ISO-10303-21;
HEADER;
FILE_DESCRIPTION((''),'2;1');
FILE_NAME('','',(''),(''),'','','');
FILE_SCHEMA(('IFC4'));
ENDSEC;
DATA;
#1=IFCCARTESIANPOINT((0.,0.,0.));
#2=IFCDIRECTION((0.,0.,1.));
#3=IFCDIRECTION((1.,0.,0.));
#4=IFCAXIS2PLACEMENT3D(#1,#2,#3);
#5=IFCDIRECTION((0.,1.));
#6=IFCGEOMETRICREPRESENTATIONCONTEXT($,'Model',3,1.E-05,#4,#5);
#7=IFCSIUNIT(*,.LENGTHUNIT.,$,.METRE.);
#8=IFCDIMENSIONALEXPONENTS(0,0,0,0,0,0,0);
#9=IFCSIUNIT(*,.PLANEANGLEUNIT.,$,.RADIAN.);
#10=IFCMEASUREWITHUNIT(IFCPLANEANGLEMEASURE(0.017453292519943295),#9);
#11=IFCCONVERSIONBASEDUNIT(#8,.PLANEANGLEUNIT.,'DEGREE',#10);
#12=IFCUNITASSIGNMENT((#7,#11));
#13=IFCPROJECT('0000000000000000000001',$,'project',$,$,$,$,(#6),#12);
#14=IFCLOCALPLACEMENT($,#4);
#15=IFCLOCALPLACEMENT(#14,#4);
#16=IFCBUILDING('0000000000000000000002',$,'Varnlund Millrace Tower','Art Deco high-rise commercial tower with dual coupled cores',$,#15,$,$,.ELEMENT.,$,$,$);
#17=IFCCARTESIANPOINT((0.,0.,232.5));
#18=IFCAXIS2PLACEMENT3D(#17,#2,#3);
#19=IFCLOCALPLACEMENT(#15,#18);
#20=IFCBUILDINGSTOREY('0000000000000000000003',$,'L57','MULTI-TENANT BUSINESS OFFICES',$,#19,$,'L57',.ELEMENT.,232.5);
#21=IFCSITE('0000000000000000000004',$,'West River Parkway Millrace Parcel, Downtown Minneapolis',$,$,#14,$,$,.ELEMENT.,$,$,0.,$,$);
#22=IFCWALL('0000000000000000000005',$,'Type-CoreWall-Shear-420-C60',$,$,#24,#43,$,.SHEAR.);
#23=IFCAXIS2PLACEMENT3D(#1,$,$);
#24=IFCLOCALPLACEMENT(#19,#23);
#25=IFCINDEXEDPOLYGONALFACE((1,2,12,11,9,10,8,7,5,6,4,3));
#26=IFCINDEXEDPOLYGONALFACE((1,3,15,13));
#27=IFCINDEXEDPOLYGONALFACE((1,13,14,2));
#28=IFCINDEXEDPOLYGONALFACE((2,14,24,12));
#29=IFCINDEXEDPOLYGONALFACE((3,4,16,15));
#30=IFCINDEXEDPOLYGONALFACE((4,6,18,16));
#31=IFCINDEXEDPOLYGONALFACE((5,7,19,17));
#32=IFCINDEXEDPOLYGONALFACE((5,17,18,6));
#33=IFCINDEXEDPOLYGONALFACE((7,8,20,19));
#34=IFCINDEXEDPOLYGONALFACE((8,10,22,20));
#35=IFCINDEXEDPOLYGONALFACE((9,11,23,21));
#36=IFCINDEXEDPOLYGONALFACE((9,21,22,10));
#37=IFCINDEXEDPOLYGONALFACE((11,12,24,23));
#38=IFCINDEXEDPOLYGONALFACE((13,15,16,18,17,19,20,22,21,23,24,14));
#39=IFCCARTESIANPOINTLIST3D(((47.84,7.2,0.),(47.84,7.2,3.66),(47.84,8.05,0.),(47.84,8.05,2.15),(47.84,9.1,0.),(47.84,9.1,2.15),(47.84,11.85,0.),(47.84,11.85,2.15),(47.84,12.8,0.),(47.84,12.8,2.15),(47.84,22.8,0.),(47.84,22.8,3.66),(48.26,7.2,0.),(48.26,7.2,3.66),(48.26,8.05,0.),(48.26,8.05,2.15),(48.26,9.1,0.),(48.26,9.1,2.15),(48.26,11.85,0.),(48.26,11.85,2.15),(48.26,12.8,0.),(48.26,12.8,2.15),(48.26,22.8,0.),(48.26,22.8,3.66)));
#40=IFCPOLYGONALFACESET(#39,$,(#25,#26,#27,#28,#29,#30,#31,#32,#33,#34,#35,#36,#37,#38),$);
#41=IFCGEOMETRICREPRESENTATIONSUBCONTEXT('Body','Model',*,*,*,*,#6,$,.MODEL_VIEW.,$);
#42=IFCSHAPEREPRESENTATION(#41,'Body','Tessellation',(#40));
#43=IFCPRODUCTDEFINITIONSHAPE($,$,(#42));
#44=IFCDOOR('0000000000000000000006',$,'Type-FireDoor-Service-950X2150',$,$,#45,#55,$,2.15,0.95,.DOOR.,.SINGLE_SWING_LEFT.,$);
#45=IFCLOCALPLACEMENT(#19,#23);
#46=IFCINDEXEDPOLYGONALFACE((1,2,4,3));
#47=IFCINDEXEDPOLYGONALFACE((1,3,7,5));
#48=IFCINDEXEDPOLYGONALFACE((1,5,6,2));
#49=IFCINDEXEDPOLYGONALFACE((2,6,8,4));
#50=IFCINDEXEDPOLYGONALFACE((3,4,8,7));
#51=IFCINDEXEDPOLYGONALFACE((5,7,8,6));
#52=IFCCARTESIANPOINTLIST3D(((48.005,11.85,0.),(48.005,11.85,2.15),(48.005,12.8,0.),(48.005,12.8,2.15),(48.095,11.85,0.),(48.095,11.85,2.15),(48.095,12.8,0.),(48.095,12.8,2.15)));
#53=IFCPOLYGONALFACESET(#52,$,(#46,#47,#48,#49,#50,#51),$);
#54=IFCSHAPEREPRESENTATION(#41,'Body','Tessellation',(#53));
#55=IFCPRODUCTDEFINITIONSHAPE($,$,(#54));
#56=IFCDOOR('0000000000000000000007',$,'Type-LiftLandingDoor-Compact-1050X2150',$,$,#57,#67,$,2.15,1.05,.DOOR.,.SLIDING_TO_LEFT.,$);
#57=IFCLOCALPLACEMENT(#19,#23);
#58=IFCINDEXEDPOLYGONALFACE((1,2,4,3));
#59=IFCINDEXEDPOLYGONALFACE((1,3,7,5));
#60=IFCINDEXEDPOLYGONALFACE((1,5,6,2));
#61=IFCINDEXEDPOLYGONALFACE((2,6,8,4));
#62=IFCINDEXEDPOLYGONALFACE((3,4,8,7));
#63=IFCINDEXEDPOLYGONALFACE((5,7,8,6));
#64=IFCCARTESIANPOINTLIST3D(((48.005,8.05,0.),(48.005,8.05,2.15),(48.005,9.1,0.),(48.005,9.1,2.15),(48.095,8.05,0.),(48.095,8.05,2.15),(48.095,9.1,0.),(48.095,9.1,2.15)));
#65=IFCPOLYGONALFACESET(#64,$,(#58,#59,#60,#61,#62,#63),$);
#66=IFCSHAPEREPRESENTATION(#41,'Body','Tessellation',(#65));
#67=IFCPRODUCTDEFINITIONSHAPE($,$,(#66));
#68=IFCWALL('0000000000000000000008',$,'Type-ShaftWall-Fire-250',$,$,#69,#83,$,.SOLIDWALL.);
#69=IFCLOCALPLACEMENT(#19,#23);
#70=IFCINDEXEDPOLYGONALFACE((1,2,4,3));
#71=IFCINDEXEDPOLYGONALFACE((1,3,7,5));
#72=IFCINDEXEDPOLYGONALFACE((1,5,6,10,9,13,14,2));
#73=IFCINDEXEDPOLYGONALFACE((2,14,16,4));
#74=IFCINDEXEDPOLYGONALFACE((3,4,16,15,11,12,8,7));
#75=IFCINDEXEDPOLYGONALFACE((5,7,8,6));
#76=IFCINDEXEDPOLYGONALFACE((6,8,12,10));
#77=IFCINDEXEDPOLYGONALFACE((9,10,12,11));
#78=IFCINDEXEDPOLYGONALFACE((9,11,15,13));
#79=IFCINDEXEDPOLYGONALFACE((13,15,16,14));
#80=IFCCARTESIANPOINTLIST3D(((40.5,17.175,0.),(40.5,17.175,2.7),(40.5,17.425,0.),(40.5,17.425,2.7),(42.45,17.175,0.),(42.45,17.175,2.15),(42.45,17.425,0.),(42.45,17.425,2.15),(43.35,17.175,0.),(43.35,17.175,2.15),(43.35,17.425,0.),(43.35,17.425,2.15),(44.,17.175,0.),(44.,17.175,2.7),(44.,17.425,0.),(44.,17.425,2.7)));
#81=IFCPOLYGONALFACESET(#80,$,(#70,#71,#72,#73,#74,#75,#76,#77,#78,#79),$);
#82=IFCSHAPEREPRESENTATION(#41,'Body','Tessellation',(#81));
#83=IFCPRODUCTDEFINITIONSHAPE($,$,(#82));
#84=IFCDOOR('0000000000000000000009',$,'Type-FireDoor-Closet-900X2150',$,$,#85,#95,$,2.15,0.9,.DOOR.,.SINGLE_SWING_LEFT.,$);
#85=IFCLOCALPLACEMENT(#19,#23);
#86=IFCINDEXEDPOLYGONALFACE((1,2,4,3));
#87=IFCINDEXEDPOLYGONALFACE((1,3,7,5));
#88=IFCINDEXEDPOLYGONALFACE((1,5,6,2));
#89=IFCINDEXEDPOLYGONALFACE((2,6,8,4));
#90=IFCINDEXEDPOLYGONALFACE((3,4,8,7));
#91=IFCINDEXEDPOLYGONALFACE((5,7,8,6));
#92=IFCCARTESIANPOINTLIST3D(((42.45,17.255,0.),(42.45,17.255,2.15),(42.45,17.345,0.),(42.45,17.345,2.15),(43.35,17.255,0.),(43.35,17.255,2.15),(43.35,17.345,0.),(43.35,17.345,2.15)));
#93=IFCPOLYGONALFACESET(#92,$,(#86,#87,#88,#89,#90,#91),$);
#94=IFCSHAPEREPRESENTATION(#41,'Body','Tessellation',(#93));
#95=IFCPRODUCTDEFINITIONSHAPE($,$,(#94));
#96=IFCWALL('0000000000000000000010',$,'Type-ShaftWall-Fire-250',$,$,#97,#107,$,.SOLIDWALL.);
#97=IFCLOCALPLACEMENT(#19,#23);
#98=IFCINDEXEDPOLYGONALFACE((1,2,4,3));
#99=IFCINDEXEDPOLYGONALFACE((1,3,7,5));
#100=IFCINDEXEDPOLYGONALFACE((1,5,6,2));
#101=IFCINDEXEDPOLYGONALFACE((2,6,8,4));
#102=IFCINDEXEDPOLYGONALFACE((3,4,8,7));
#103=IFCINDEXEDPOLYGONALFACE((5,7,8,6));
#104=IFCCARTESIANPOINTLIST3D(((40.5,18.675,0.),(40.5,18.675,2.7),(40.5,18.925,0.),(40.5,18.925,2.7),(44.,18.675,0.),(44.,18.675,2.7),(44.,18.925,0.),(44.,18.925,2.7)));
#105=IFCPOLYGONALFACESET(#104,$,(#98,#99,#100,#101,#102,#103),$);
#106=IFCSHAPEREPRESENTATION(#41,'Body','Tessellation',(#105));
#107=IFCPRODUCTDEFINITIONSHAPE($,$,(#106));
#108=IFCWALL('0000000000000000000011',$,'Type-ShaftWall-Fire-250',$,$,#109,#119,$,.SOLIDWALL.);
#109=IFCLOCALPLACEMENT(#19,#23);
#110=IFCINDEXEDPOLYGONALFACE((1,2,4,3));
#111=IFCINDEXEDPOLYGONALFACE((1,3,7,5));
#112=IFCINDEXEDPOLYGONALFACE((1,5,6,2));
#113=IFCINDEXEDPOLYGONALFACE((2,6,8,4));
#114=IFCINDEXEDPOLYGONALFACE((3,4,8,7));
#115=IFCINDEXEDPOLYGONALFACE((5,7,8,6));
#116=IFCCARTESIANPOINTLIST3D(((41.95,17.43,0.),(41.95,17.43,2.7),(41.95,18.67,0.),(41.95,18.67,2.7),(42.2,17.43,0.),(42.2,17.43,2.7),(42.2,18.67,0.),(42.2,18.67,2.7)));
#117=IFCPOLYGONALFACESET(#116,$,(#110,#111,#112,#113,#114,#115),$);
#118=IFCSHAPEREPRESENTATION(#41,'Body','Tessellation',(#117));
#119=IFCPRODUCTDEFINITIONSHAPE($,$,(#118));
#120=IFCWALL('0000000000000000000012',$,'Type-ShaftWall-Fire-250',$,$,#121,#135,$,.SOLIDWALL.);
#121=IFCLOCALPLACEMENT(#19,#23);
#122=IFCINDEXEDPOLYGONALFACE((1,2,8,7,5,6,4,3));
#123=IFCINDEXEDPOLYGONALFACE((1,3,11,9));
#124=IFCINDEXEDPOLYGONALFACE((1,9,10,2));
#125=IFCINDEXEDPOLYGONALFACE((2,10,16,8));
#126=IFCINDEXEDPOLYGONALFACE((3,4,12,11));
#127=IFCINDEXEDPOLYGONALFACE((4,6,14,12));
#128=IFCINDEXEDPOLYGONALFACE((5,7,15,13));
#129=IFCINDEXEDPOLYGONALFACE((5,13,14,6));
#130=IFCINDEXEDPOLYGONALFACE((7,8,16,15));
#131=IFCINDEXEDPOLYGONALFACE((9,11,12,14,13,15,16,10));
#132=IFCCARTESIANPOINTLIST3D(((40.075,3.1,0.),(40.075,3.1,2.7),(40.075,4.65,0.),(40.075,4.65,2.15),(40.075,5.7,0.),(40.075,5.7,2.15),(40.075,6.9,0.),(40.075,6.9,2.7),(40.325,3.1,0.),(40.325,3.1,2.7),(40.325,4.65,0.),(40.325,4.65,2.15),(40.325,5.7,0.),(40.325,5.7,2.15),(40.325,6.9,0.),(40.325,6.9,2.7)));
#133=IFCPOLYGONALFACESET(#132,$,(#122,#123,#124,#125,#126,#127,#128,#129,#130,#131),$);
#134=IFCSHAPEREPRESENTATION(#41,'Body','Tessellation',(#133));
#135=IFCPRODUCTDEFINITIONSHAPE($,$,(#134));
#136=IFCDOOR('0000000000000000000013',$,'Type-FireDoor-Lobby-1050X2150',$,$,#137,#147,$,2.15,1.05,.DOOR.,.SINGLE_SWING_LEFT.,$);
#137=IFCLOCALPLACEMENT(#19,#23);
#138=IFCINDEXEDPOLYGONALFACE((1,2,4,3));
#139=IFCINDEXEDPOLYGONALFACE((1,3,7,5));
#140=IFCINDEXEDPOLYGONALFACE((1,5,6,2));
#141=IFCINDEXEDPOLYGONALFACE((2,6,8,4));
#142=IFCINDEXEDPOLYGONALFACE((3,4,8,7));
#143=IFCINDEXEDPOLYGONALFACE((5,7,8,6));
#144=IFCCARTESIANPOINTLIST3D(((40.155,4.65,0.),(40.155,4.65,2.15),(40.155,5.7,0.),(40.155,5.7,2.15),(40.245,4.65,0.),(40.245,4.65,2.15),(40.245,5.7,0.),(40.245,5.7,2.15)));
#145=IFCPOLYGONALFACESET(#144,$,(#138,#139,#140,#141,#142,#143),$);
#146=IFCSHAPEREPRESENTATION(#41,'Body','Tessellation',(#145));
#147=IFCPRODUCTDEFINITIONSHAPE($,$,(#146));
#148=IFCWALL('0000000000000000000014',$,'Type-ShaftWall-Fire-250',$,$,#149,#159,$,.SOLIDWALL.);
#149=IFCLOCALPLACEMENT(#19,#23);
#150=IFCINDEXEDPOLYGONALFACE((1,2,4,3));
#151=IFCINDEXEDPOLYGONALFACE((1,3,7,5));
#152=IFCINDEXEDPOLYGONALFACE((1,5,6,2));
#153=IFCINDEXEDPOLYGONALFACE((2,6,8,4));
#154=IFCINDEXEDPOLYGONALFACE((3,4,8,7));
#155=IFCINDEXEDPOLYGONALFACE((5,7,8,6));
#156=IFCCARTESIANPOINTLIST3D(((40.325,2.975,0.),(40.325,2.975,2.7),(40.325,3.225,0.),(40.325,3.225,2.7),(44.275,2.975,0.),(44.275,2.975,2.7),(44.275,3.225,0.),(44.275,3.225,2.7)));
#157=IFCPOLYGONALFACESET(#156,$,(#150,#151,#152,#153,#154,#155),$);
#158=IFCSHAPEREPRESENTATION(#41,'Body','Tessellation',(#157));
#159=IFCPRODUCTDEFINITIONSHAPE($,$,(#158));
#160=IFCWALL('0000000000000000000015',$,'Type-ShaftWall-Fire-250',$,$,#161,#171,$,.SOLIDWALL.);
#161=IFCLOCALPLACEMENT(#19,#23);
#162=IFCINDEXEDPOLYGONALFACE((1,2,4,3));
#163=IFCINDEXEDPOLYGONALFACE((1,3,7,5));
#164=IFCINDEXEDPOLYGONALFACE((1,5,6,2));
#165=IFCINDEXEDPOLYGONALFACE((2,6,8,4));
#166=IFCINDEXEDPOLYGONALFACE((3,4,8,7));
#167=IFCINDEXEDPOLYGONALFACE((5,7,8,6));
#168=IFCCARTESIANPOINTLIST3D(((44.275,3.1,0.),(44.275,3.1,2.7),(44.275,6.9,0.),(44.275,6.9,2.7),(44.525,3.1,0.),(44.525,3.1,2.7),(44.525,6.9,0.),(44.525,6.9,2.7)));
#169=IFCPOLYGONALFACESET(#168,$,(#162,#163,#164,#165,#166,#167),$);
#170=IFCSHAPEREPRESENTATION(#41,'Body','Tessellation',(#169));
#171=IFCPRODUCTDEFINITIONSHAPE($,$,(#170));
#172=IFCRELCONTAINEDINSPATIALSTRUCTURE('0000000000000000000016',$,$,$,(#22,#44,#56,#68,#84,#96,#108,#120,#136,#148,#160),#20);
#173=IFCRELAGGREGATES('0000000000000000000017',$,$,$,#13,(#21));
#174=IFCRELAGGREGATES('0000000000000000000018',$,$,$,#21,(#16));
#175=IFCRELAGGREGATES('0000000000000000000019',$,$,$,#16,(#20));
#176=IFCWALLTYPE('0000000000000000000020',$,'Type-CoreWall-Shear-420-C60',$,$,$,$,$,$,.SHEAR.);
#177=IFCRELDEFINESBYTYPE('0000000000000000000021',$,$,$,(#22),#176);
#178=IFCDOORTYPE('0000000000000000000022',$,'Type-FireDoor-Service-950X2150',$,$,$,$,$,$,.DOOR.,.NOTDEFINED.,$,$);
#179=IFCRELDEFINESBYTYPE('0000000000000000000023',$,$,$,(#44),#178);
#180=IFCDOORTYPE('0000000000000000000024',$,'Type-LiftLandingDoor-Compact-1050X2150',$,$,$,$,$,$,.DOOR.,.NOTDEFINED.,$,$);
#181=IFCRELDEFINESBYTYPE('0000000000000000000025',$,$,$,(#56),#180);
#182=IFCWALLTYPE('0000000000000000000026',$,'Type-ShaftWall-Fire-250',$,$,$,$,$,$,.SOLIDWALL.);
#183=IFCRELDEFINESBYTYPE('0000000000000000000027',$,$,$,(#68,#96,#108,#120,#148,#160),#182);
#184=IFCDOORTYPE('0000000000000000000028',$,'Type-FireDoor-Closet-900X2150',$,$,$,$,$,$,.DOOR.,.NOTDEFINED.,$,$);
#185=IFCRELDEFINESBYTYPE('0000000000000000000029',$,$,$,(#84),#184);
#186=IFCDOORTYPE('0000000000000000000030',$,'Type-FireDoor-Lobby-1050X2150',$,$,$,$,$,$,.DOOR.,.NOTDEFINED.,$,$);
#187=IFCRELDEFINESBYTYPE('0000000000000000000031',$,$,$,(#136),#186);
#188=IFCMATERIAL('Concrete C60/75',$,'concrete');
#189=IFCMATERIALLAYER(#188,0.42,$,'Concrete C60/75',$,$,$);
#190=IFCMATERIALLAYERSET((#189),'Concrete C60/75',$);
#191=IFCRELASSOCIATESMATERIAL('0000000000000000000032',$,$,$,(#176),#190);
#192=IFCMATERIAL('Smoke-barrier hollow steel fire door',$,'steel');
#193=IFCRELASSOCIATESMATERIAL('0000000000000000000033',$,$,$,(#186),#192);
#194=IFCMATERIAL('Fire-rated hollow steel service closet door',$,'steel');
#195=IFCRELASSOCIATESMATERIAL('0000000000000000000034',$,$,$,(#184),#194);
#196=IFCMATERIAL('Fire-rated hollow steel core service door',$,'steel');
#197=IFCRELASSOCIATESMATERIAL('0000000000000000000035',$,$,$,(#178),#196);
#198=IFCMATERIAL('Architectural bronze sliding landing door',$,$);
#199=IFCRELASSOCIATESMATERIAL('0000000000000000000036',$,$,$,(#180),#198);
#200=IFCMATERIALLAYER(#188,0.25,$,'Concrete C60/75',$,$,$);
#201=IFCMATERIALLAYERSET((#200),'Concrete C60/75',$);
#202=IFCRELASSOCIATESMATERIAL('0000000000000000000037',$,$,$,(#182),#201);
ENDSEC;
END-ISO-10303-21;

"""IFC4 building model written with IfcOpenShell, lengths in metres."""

from ifc_helpers import new_model, entity, si_unit, converted_unit, direction, frame, origin_with_axes, origin_2d_with_axis, place, context, subcontext, project, spatial, polyline, rectangle, outline, extrude, material, layer, layer_set, type_object, element, fill, save


model = new_model("IFC4")

# Units and contexts
model_context = context("Model", 3, precision=1e-05, world=origin_with_axes(), true_north=direction((0.0, 1.0)))
body_context = subcontext(model_context, "Body", "Model", "MODEL_VIEW")
ifc_project = project(units=[si_unit("LENGTHUNIT", "METRE"), converted_unit("PLANEANGLEUNIT", "DEGREE", entity("IfcPlaneAngleMeasure", 0.017453292519943295), si_unit("PLANEANGLEUNIT", "RADIAN"), dimensions=[0, 0, 0, 0, 0, 0, 0])], contexts=[model_context])

# Site, building, storey
site_placement = place(None, origin_with_axes())
site = spatial("IfcSite", under=ifc_project, at=site_placement, Name="West River Parkway Millrace Parcel, Downtown Minneapolis", CompositionType="ELEMENT", RefElevation=0.0)
building_placement = place(site_placement, origin_with_axes())
building = spatial("IfcBuilding", under=site, at=building_placement, Name="Varnlund Millrace Tower", Description="Art Deco high-rise commercial tower with dual coupled cores", CompositionType="ELEMENT")
storey_placement = place(building_placement, frame((0.0, 0.0, 232.5), z_axis=(0.0, 0.0, 1.0), x_axis=(1.0, 0.0, 0.0)))
storey = spatial("IfcBuildingStorey", under=building, at=storey_placement, Name="L57", Description="MULTI-TENANT BUSINESS OFFICES", LongName="L57", CompositionType="ELEMENT", Elevation=232.5)

# Shared definitions
ifc_material_1 = material(Name="Concrete C60/75", Category="concrete")
ifc_layer_1 = layer(ifc_material_1, 0.42, Name="Concrete C60/75")
ifc_layer_set_1 = layer_set([ifc_layer_1], Name="Concrete C60/75")
wall_type_1 = type_object("IfcWallType", Name="Type-CoreWall-Shear-420-C60", PredefinedType="SHEAR", material=ifc_layer_set_1)
ifc_material_2 = material(Name="Smoke-barrier hollow steel fire door", Category="steel")
door_type_1 = type_object("IfcDoorType", Name="Type-FireDoor-Lobby-1050X2150", OperationType="NOTDEFINED", PredefinedType="DOOR", material=ifc_material_2)

# Shared definitions
ifc_material_3 = material(Name="Fire-rated hollow steel service closet door", Category="steel")
door_type_2 = type_object("IfcDoorType", Name="Type-FireDoor-Closet-900X2150", OperationType="NOTDEFINED", PredefinedType="DOOR", material=ifc_material_3)

# Wall, openings, doors
wall_1_placement = place(storey_placement, frame((48.05, 7.2, 0.0), z_axis=(0.0, 0.0, 1.0), x_axis=(0.0, 1.0, 0.0)))
wall_1 = element("IfcWall", 1, at=wall_1_placement, inside=storey, type_object=wall_type_1, Name="Type-CoreWall-Shear-420-C60", PredefinedType="SHEAR", context=body_context, shape_type="SweptSolid", body=[
    extrude(outline(polyline([(0.0, -0.21), (15.6, -0.21), (15.6, 0.21), (0.0, 0.21), (0.0, -0.21)])), origin_with_axes(), (0.0, 0.0, 1.0), 3.66),
])
opening_1_placement = place(wall_1_placement, frame((1.375, 0.0, 0.0), z_axis=(0.0, 0.0, 1.0), x_axis=(1.0, 0.0, 0.0)))
opening_1 = element("IfcOpeningElement", 2, at=opening_1_placement, cuts=wall_1, PredefinedType="OPENING", context=body_context, shape_type="SweptSolid", body=[
    extrude(rectangle(XDim=1.05, YDim=0.44, at=origin_2d_with_axis()), origin_with_axes(), (0.0, 0.0, 1.0), 2.15),
])
opening_2_placement = place(wall_1_placement, frame((5.125, 0.0, 0.0), z_axis=(0.0, 0.0, 1.0), x_axis=(1.0, 0.0, 0.0)))
opening_2 = element("IfcOpeningElement", 3, at=opening_2_placement, cuts=wall_1, PredefinedType="OPENING", context=body_context, shape_type="SweptSolid", body=[
    extrude(rectangle(XDim=0.95, YDim=0.44, at=origin_2d_with_axis()), origin_with_axes(), (0.0, 0.0, 1.0), 2.15),
])
ifc_material_4 = material(Name="Fire-rated hollow steel core service door", Category="steel")
door_type_3 = type_object("IfcDoorType", Name="Type-FireDoor-Service-950X2150", OperationType="NOTDEFINED", PredefinedType="DOOR", material=ifc_material_4)
door_1_placement = place(wall_1_placement, frame((5.125, 0.0, 0.0), z_axis=(0.0, 0.0, 1.0), x_axis=(1.0, 0.0, 0.0)))
door_1 = element("IfcDoor", 4, at=door_1_placement, inside=storey, type_object=door_type_3, Name="Type-FireDoor-Service-950X2150", OperationType="SINGLE_SWING_LEFT", OverallHeight=2.15, OverallWidth=0.95, PredefinedType="DOOR", context=body_context, shape_type="SweptSolid", body=[
    extrude(rectangle(XDim=0.95, YDim=0.09, at=origin_2d_with_axis()), origin_with_axes(), (0.0, 0.0, 1.0), 2.15),
])
fill(opening_2, door_1)
ifc_material_5 = material(Name="Architectural bronze sliding landing door")
door_type_4 = type_object("IfcDoorType", Name="Type-LiftLandingDoor-Compact-1050X2150", OperationType="NOTDEFINED", PredefinedType="DOOR", material=ifc_material_5)
door_2_placement = place(wall_1_placement, frame((1.375, 0.0, 0.0), z_axis=(0.0, 0.0, 1.0), x_axis=(1.0, 0.0, 0.0)))
door_2 = element("IfcDoor", 5, at=door_2_placement, inside=storey, type_object=door_type_4, Name="Type-LiftLandingDoor-Compact-1050X2150", OperationType="SLIDING_TO_LEFT", OverallHeight=2.15, OverallWidth=1.05, PredefinedType="DOOR", context=body_context, shape_type="SweptSolid", body=[
    extrude(rectangle(XDim=1.05, YDim=0.09, at=origin_2d_with_axis()), origin_with_axes(), (0.0, 0.0, 1.0), 2.15),
])
fill(opening_1, door_2)

# Wall, opening, door
ifc_layer_2 = layer(ifc_material_1, 0.25, Name="Concrete C60/75")
ifc_layer_set_2 = layer_set([ifc_layer_2], Name="Concrete C60/75")
wall_type_2 = type_object("IfcWallType", Name="Type-ShaftWall-Fire-250", PredefinedType="SOLIDWALL", material=ifc_layer_set_2)
wall_2_placement = place(storey_placement, frame((40.5, 17.3, 0.0), z_axis=(0.0, 0.0, 1.0), x_axis=(1.0, 0.0, 0.0)))
wall_2 = element("IfcWall", 6, at=wall_2_placement, inside=storey, type_object=wall_type_2, Name="Type-ShaftWall-Fire-250", PredefinedType="SOLIDWALL", context=body_context, shape_type="SweptSolid", body=[
    extrude(outline(polyline([(0.0, -0.125), (3.5, -0.125), (3.5, 0.125), (0.0, 0.125), (0.0, -0.125)])), origin_with_axes(), (0.0, 0.0, 1.0), 2.7),
])
opening_3_placement = place(wall_2_placement, frame((2.4, 0.0, 0.0), z_axis=(0.0, 0.0, 1.0), x_axis=(1.0, 0.0, 0.0)))
opening_3 = element("IfcOpeningElement", 7, at=opening_3_placement, cuts=wall_2, PredefinedType="OPENING", context=body_context, shape_type="SweptSolid", body=[
    extrude(rectangle(XDim=0.9, YDim=0.27, at=origin_2d_with_axis()), origin_with_axes(), (0.0, 0.0, 1.0), 2.15),
])
door_3_placement = place(wall_2_placement, frame((2.4, 0.0, 0.0), z_axis=(0.0, 0.0, 1.0), x_axis=(1.0, 0.0, 0.0)))
door_3 = element("IfcDoor", 8, at=door_3_placement, inside=storey, type_object=door_type_2, Name="Type-FireDoor-Closet-900X2150", OperationType="SINGLE_SWING_LEFT", OverallHeight=2.15, OverallWidth=0.9, PredefinedType="DOOR", context=body_context, shape_type="SweptSolid", body=[
    extrude(rectangle(XDim=0.9, YDim=0.09, at=origin_2d_with_axis()), origin_with_axes(), (0.0, 0.0, 1.0), 2.15),
])
fill(opening_3, door_3)

# Walls
wall_3_placement = place(storey_placement, frame((40.5, 18.8, 0.0), z_axis=(0.0, 0.0, 1.0), x_axis=(1.0, 0.0, 0.0)))
element("IfcWall", 9, at=wall_3_placement, inside=storey, type_object=wall_type_2, Name="Type-ShaftWall-Fire-250", PredefinedType="SOLIDWALL", context=body_context, shape_type="SweptSolid", body=[
    extrude(outline(polyline([(0.0, -0.125), (3.5, -0.125), (3.5, 0.125), (0.0, 0.125), (0.0, -0.125)])), origin_with_axes(), (0.0, 0.0, 1.0), 2.7),
])
wall_4_placement = place(storey_placement, frame((42.075, 17.43, 0.0), z_axis=(0.0, 0.0, 1.0), x_axis=(0.0, 1.0, 0.0)))
element("IfcWall", 10, at=wall_4_placement, inside=storey, type_object=wall_type_2, Name="Type-ShaftWall-Fire-250", PredefinedType="SOLIDWALL", context=body_context, shape_type="SweptSolid", body=[
    extrude(outline(polyline([(0.0, -0.125), (1.24, -0.125), (1.24, 0.125), (0.0, 0.125), (0.0, -0.125)])), origin_with_axes(), (0.0, 0.0, 1.0), 2.7),
])

# Wall, opening, door
wall_5_placement = place(storey_placement, frame((40.2, 3.1, 0.0), z_axis=(0.0, 0.0, 1.0), x_axis=(0.0, 1.0, 0.0)))
wall_5 = element("IfcWall", 11, at=wall_5_placement, inside=storey, type_object=wall_type_2, Name="Type-ShaftWall-Fire-250", PredefinedType="SOLIDWALL", context=body_context, shape_type="SweptSolid", body=[
    extrude(outline(polyline([(0.0, -0.125), (3.8, -0.125), (3.8, 0.125), (0.0, 0.125), (0.0, -0.125)])), origin_with_axes(), (0.0, 0.0, 1.0), 2.7),
])
opening_4_placement = place(wall_5_placement, frame((2.075, 0.0, 0.0), z_axis=(0.0, 0.0, 1.0), x_axis=(1.0, 0.0, 0.0)))
opening_4 = element("IfcOpeningElement", 12, at=opening_4_placement, cuts=wall_5, PredefinedType="OPENING", context=body_context, shape_type="SweptSolid", body=[
    extrude(rectangle(XDim=1.05, YDim=0.27, at=origin_2d_with_axis()), origin_with_axes(), (0.0, 0.0, 1.0), 2.15),
])
door_4_placement = place(wall_5_placement, frame((2.075, 0.0, 0.0), z_axis=(0.0, 0.0, 1.0), x_axis=(1.0, 0.0, 0.0)))
door_4 = element("IfcDoor", 13, at=door_4_placement, inside=storey, type_object=door_type_1, Name="Type-FireDoor-Lobby-1050X2150", OperationType="SINGLE_SWING_LEFT", OverallHeight=2.15, OverallWidth=1.05, PredefinedType="DOOR", context=body_context, shape_type="SweptSolid", body=[
    extrude(rectangle(XDim=1.05, YDim=0.09, at=origin_2d_with_axis()), origin_with_axes(), (0.0, 0.0, 1.0), 2.15),
])
fill(opening_4, door_4)

# Walls
wall_6_placement = place(storey_placement, frame((40.325, 3.1, 0.0), z_axis=(0.0, 0.0, 1.0), x_axis=(1.0, 0.0, 0.0)))
element("IfcWall", 14, at=wall_6_placement, inside=storey, type_object=wall_type_2, Name="Type-ShaftWall-Fire-250", PredefinedType="SOLIDWALL", context=body_context, shape_type="SweptSolid", body=[
    extrude(outline(polyline([(0.0, -0.125), (3.95, -0.125), (3.95, 0.125), (0.0, 0.125), (0.0, -0.125)])), origin_with_axes(), (0.0, 0.0, 1.0), 2.7),
])
wall_7_placement = place(storey_placement, frame((44.4, 3.1, 0.0), z_axis=(0.0, 0.0, 1.0), x_axis=(0.0, 1.0, 0.0)))
element("IfcWall", 15, at=wall_7_placement, inside=storey, type_object=wall_type_2, Name="Type-ShaftWall-Fire-250", PredefinedType="SOLIDWALL", context=body_context, shape_type="SweptSolid", body=[
    extrude(outline(polyline([(0.0, -0.125), (3.8, -0.125), (3.8, 0.125), (0.0, 0.125), (0.0, -0.125)])), origin_with_axes(), (0.0, 0.0, 1.0), 2.7),
])

save(model, "model.ifc")
